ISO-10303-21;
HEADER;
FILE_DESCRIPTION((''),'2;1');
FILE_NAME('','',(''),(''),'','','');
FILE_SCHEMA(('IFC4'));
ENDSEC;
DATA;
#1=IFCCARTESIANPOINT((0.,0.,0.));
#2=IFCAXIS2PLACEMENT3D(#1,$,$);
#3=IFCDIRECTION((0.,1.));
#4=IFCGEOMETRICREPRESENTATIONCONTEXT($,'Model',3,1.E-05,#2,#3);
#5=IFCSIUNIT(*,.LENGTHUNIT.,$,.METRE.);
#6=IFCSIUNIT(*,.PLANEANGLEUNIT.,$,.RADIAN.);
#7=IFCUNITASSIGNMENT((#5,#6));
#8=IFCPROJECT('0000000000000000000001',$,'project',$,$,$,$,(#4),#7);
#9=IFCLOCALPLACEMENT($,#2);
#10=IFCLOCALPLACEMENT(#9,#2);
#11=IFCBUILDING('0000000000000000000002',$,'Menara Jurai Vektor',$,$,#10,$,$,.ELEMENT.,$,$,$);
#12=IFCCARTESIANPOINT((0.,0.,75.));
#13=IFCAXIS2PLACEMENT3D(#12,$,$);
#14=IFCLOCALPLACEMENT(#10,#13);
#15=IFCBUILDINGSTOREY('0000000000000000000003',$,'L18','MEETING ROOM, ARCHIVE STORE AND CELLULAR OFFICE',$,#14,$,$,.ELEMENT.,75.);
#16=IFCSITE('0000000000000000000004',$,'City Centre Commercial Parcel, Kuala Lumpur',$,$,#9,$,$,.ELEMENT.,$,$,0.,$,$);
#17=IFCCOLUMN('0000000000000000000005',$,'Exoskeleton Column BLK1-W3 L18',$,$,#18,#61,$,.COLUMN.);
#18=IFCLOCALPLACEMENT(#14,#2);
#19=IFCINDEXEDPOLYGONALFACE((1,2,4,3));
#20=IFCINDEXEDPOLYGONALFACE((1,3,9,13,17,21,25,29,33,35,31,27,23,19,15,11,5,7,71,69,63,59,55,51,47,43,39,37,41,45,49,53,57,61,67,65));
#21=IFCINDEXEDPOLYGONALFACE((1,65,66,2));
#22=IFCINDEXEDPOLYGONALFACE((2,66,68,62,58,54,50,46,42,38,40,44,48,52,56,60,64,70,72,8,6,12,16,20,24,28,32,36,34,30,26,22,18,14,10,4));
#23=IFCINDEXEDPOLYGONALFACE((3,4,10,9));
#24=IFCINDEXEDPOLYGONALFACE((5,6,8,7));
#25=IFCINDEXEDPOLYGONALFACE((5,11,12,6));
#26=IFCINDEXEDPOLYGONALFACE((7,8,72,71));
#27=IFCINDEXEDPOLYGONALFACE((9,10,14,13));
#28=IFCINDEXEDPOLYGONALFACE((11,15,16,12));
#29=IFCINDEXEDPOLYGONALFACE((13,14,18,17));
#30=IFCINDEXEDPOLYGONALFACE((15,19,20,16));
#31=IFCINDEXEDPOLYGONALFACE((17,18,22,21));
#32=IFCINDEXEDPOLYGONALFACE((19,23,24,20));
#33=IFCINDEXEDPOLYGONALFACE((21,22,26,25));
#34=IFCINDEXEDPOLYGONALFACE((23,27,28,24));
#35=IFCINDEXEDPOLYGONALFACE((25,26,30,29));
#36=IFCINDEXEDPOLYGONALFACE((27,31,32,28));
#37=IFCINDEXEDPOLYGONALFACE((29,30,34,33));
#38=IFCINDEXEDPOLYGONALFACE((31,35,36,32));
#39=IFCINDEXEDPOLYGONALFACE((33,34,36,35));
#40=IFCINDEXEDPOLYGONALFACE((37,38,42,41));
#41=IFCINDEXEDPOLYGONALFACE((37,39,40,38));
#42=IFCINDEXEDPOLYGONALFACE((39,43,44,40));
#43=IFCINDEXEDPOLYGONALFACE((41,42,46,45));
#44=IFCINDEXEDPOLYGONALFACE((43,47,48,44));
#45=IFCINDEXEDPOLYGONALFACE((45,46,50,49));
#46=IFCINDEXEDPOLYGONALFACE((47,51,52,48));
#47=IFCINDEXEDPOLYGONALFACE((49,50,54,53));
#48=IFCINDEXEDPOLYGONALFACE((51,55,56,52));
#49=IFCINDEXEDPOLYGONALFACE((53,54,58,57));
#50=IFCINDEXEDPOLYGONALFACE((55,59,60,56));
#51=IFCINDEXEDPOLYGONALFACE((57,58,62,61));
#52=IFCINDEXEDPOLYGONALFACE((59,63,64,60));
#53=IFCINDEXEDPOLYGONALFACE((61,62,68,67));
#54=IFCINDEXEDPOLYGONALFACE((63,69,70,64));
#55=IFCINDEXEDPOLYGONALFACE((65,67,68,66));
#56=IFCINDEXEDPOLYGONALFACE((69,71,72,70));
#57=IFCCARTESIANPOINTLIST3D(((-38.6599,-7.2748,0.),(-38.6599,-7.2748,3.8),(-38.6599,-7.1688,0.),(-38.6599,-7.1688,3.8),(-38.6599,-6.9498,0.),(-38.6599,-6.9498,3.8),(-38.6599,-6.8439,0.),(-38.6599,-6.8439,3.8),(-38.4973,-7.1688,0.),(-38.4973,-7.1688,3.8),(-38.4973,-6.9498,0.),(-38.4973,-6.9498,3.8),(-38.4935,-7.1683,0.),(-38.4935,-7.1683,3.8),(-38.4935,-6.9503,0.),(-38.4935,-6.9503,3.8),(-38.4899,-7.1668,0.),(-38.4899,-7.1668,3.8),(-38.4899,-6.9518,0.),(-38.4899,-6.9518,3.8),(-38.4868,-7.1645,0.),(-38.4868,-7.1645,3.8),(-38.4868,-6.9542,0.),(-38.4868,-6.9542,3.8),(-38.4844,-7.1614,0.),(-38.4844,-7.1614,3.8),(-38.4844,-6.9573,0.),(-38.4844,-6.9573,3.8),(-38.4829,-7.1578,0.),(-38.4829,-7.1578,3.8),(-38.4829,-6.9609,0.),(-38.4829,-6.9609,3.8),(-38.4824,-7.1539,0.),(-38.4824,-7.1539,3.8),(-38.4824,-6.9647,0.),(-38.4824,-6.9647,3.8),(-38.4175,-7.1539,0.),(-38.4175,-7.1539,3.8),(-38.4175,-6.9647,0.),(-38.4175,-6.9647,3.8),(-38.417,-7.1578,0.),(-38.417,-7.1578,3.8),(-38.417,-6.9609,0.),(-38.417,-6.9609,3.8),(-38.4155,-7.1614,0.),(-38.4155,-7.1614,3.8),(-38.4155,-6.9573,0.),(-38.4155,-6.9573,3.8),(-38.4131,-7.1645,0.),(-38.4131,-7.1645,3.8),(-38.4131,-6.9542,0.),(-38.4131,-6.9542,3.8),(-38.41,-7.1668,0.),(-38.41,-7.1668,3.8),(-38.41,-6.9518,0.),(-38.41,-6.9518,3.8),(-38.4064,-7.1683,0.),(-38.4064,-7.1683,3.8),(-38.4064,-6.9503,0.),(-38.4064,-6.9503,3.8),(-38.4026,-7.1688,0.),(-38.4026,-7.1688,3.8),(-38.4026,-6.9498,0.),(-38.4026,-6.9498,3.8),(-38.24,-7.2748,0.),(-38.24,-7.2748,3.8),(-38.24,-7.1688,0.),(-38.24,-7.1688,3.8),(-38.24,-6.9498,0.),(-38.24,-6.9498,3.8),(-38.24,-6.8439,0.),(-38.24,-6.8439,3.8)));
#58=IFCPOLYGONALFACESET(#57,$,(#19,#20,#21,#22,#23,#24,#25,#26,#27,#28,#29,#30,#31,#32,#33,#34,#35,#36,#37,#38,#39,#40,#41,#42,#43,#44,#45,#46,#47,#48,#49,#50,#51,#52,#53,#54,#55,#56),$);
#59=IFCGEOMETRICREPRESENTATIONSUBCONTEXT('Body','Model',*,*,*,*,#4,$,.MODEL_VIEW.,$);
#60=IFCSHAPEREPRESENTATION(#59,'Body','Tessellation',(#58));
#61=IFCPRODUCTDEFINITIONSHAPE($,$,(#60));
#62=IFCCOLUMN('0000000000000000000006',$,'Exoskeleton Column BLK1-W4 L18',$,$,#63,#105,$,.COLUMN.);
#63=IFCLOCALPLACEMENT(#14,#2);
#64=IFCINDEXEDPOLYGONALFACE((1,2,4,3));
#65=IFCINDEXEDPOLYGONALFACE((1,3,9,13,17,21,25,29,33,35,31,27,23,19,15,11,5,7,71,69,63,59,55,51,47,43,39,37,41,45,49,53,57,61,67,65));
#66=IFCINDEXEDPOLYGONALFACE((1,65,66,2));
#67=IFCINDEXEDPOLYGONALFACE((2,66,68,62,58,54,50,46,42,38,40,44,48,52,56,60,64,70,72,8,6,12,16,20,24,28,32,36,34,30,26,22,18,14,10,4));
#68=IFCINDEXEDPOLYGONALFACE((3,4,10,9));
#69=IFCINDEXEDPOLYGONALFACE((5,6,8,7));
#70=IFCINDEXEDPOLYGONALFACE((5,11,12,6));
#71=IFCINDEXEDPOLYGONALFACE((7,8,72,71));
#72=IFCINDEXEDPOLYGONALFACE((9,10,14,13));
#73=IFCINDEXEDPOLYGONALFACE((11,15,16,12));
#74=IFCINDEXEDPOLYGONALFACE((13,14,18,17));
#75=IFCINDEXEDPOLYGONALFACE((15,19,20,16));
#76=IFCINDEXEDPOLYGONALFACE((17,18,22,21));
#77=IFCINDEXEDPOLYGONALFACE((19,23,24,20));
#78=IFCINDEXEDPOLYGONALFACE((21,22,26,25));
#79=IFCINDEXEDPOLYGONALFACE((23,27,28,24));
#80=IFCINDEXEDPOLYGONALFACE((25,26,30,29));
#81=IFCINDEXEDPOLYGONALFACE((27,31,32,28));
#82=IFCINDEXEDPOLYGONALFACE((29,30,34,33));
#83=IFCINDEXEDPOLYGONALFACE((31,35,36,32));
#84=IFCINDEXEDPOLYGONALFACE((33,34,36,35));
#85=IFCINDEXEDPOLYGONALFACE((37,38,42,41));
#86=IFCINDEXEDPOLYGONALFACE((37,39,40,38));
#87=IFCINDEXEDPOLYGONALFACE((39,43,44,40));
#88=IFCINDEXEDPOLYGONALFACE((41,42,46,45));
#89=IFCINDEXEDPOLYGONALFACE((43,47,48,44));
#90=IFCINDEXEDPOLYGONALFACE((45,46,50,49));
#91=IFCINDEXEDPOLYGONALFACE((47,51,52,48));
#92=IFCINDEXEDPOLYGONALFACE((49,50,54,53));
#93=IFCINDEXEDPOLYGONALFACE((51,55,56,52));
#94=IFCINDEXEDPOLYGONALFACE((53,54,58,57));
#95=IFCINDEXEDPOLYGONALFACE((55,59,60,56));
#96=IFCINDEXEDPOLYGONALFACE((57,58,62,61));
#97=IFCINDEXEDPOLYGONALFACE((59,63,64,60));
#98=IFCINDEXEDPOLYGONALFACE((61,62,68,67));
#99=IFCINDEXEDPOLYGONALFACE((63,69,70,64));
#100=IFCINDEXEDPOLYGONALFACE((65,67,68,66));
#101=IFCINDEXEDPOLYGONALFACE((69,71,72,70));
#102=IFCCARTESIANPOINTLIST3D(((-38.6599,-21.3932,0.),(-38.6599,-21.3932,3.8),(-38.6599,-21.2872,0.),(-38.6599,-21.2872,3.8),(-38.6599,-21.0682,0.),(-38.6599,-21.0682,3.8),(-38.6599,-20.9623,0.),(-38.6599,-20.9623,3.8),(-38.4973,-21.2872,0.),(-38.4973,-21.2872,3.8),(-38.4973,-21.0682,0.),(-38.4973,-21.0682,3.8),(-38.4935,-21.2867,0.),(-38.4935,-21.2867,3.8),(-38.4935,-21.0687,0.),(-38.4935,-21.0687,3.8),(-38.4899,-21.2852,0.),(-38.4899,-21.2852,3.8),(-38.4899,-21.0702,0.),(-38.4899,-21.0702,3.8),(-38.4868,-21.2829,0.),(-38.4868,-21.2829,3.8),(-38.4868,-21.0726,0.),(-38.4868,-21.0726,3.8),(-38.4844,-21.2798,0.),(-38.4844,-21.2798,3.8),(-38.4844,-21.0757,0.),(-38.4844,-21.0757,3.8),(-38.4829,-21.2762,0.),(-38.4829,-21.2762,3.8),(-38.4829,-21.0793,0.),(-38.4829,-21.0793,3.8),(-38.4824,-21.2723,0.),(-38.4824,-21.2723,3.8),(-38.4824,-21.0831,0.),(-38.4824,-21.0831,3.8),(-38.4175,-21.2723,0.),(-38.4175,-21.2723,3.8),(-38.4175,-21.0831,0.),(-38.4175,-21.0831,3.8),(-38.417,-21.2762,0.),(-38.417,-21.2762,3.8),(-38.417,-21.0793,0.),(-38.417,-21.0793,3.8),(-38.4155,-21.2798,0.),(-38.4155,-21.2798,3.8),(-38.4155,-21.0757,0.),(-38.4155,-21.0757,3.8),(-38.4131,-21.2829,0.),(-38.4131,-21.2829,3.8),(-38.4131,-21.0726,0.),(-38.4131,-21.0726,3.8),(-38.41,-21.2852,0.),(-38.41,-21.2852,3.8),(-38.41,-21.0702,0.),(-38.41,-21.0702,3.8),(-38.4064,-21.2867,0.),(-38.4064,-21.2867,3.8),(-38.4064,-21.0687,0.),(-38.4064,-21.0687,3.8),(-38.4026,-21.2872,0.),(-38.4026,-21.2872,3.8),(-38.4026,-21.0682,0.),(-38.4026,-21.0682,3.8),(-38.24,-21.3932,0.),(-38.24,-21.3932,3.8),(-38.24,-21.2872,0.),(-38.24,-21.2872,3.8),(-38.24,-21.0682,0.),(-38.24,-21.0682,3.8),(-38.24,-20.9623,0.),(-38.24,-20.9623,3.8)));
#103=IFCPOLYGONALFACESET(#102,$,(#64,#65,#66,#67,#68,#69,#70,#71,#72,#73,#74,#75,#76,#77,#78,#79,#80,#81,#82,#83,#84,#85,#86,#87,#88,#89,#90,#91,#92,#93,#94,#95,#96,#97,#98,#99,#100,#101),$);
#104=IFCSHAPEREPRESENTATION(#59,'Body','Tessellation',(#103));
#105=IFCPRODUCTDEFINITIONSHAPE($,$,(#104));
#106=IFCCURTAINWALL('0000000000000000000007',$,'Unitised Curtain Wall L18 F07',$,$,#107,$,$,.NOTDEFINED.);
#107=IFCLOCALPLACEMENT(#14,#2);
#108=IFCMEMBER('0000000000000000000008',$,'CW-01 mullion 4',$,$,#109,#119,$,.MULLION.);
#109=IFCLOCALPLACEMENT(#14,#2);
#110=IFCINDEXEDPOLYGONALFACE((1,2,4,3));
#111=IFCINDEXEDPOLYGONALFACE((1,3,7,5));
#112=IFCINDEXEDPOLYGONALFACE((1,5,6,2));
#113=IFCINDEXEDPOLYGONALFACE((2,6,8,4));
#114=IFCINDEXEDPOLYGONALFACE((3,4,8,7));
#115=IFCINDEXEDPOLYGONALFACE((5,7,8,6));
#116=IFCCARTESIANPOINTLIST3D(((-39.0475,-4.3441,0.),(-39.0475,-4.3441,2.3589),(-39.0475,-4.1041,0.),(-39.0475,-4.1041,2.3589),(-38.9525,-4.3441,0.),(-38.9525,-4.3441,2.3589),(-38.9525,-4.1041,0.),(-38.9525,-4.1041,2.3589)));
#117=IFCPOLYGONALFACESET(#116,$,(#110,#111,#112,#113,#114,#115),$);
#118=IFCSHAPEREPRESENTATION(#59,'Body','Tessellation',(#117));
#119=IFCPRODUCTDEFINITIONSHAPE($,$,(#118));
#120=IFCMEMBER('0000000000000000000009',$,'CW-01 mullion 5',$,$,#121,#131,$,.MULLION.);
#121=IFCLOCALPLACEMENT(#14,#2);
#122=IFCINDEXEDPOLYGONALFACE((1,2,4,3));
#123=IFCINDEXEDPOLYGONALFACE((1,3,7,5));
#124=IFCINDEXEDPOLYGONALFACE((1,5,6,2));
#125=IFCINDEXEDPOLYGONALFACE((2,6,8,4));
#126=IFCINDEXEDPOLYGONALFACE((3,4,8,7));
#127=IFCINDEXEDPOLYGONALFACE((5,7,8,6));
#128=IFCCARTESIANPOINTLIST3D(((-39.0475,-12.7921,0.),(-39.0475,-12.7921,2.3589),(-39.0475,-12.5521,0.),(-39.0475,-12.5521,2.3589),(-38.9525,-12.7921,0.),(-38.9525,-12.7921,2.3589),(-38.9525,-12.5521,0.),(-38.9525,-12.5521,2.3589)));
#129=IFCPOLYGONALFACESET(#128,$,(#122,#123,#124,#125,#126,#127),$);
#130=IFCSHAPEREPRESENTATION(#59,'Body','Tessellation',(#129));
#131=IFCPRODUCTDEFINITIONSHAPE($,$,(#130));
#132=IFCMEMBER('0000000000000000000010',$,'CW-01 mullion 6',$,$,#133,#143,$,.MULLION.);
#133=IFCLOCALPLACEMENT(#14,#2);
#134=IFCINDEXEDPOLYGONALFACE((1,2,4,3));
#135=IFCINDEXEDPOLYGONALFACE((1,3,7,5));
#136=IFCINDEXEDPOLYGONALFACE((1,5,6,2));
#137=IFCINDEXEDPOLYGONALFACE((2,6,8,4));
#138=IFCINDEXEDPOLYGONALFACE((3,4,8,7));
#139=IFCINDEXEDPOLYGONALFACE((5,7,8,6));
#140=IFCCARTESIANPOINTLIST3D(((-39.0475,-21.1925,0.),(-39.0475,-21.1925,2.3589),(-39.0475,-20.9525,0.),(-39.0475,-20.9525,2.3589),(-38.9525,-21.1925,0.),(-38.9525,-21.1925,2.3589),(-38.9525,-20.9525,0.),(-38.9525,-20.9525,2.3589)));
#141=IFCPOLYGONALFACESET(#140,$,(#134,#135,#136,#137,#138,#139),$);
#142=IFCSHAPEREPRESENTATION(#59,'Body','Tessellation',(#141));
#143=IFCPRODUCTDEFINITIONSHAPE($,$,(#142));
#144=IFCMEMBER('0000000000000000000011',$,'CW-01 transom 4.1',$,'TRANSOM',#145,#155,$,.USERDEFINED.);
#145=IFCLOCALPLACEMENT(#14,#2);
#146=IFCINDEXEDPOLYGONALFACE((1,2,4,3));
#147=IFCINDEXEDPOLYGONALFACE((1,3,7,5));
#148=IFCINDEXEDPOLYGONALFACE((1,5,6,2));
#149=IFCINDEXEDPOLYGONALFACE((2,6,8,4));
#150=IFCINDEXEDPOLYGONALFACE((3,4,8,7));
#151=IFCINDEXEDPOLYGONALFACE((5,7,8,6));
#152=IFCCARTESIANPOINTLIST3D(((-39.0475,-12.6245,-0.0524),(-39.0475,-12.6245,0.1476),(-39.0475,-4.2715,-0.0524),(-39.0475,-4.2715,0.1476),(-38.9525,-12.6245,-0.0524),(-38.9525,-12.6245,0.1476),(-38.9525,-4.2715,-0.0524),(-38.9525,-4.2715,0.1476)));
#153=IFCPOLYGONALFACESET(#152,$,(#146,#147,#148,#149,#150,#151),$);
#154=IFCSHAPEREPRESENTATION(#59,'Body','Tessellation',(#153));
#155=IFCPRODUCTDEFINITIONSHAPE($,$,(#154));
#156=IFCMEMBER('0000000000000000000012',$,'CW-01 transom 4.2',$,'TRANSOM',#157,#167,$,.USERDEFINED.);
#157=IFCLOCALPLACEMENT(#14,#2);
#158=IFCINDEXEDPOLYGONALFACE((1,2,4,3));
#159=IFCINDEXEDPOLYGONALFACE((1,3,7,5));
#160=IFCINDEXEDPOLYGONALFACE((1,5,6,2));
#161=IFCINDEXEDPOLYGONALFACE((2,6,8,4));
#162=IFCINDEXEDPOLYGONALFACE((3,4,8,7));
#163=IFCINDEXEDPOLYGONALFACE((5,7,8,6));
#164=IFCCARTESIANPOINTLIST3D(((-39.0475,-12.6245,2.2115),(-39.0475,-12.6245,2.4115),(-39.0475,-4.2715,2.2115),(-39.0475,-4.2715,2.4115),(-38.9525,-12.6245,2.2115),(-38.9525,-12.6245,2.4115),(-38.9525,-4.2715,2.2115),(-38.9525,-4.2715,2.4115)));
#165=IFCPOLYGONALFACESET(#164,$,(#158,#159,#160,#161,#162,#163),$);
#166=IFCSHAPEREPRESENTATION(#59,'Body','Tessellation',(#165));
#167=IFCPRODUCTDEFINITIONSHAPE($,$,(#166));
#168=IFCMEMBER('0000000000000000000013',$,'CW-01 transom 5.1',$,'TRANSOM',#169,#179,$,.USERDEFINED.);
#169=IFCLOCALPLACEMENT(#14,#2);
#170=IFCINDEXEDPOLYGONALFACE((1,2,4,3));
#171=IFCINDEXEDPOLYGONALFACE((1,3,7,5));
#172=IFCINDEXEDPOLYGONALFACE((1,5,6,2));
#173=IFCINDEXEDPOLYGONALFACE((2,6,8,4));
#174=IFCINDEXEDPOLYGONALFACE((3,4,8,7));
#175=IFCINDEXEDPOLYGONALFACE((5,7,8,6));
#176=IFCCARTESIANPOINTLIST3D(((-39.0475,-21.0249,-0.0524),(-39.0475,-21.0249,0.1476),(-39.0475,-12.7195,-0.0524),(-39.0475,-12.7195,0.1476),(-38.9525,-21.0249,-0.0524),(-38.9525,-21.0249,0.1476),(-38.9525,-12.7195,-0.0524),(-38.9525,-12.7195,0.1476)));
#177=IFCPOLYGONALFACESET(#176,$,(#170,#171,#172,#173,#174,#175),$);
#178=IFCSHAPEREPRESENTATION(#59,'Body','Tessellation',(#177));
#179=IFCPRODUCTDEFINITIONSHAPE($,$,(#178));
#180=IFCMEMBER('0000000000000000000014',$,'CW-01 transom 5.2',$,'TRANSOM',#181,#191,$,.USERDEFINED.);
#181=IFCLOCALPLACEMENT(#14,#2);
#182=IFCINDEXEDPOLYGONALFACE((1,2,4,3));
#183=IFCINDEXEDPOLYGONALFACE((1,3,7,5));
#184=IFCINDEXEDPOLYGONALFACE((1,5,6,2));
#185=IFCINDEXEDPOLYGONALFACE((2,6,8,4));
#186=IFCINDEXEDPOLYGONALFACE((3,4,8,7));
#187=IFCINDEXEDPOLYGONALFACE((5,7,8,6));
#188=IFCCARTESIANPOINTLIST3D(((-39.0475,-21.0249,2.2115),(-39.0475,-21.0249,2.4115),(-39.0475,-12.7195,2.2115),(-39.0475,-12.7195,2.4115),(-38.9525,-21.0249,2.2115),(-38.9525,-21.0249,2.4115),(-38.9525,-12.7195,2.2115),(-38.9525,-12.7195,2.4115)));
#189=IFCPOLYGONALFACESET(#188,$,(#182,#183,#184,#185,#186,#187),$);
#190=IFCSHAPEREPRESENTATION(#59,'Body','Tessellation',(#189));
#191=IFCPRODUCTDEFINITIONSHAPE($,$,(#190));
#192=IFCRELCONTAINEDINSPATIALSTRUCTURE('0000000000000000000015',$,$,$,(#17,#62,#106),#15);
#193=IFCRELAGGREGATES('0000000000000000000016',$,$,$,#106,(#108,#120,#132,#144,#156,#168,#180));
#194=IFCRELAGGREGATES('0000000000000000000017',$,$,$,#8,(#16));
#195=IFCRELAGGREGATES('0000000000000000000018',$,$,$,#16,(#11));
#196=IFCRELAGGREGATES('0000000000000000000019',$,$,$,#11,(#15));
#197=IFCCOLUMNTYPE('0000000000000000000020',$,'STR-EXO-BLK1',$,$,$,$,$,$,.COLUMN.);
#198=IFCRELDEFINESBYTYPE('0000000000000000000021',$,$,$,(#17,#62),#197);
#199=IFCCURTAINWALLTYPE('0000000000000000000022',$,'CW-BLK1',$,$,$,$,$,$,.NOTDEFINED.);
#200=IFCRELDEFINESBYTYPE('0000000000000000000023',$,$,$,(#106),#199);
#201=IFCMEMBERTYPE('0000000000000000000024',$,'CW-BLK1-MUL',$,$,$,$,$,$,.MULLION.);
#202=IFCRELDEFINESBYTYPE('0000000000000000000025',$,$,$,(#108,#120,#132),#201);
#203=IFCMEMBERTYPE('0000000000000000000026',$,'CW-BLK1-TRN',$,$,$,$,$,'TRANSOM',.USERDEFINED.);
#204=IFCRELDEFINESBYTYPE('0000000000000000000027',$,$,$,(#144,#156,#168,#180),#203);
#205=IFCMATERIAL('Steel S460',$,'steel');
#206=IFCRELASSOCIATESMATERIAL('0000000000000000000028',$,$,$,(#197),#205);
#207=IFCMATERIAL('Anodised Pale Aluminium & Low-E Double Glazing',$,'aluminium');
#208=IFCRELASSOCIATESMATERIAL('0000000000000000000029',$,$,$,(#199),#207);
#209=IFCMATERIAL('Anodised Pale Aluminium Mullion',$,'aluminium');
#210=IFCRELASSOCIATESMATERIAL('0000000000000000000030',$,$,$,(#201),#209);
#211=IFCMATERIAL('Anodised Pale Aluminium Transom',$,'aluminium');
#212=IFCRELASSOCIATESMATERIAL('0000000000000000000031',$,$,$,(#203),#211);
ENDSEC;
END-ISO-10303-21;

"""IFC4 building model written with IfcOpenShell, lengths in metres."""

from ifc_helpers import new_model, si_unit, direction, frame, origin, origin_2d, place, context, subcontext, project, spatial, rectangle, i_section, extrude, material, material_profile, profile_set, type_object, element, aggregate, save


model = new_model("IFC4")

# Units and contexts
model_context = context("Model", 3, precision=1e-05, world=origin(), true_north=direction((0.0, 1.0)))
body_context = subcontext(model_context, "Body", "Model", "MODEL_VIEW")
ifc_project = project(units=[si_unit("LENGTHUNIT", "METRE"), si_unit("PLANEANGLEUNIT", "RADIAN")], contexts=[model_context])

# Site, building, storey
site_placement = place(None, origin())
site = spatial("IfcSite", under=ifc_project, at=site_placement, Name="City Centre Commercial Parcel, Kuala Lumpur", CompositionType="ELEMENT", RefElevation=0.0)
building_placement = place(site_placement, origin())
building = spatial("IfcBuilding", under=site, at=building_placement, Name="Menara Jurai Vektor", CompositionType="ELEMENT")
storey_placement = place(building_placement, frame((0.0, 0.0, 75.0)))
storey = spatial("IfcBuildingStorey", under=building, at=storey_placement, Name="L18", Description="MEETING ROOM, ARCHIVE STORE AND CELLULAR OFFICE", CompositionType="ELEMENT", Elevation=75.0)

# Columns
ifc_material_1 = material(Name="Steel S460", Category="steel")
ifc_material_profile_1 = material_profile(ifc_material_1, i_section(OverallWidth=0.4199, OverallDepth=0.4309, WebThickness=0.0649, FlangeThickness=0.106, FilletRadius=0.0149, at=origin_2d()), Name="HD 400x900")
ifc_profile_set_1 = profile_set([ifc_material_profile_1], Name="Steel S460")
column_type = type_object("IfcColumnType", Name="STR-EXO-BLK1", PredefinedType="COLUMN", material=ifc_profile_set_1)
for number, where, z_axis, x_axis, name in (
    (1, (-38.45, -7.0593, 0.0), (0.0, 0.0, 1.0), (1.0, 0.0, 0.0), "Exoskeleton Column BLK1-W3 L18"),
    (2, (-38.45, -21.1777, 0.0), (0.0, 0.0, 1.0), (1.0, 0.0, 0.0), "Exoskeleton Column BLK1-W4 L18"),
):
    element("IfcColumn", number, at=place(storey_placement, frame(where, z_axis=z_axis, x_axis=x_axis)), inside=storey, type_object=column_type, Name=name, PredefinedType="COLUMN", context=body_context, shape_type="SweptSolid", body=[
        extrude(i_section(OverallWidth=0.4199, OverallDepth=0.4309, WebThickness=0.0649, FlangeThickness=0.106, FilletRadius=0.0149, at=origin_2d()), origin(), (0.0, 0.0, 1.0), 3.8),
    ])

# Curtain wall, members
ifc_material_2 = material(Name="Anodised Pale Aluminium & Low-E Double Glazing", Category="aluminium")
curtain_wall_type = type_object("IfcCurtainWallType", Name="CW-BLK1", PredefinedType="NOTDEFINED", material=ifc_material_2)
curtain_wall_placement = place(storey_placement, origin())
curtain_wall = element("IfcCurtainWall", 3, at=curtain_wall_placement, inside=storey, type_object=curtain_wall_type, Name="Unitised Curtain Wall L18 F07", PredefinedType="NOTDEFINED")
ifc_material_3 = material(Name="Anodised Pale Aluminium Mullion", Category="aluminium")
ifc_material_profile_2 = material_profile(ifc_material_3, rectangle(XDim=0.095, YDim=0.24, at=origin_2d()), Name="ALU MUL 95x240")
ifc_profile_set_2 = profile_set([ifc_material_profile_2], Name="Anodised Pale Aluminium Mullion")
member_type_1 = type_object("IfcMemberType", Name="CW-BLK1-MUL", PredefinedType="MULLION", material=ifc_profile_set_2)
member_1_placement = place(storey_placement, frame((-39.0, -4.2241, 0.0), z_axis=(0.0, 0.0, 1.0), x_axis=(1.0, 0.0, 0.0)))
member_1 = element("IfcMember", 4, at=member_1_placement, type_object=member_type_1, Name="CW-01 mullion 4", PredefinedType="MULLION", context=body_context, shape_type="SweptSolid", body=[
    extrude(rectangle(XDim=0.095, YDim=0.24, at=origin_2d()), origin(), (0.0, 0.0, 1.0), 2.3589),
])
member_2_placement = place(storey_placement, frame((-39.0, -12.6721, 0.0), z_axis=(0.0, 0.0, 1.0), x_axis=(1.0, 0.0, 0.0)))
member_2 = element("IfcMember", 5, at=member_2_placement, type_object=member_type_1, Name="CW-01 mullion 5", PredefinedType="MULLION", context=body_context, shape_type="SweptSolid", body=[
    extrude(rectangle(XDim=0.095, YDim=0.24, at=origin_2d()), origin(), (0.0, 0.0, 1.0), 2.3589),
])
member_3_placement = place(storey_placement, frame((-39.0, -21.0725, 0.0), z_axis=(0.0, 0.0, 1.0), x_axis=(1.0, 0.0, 0.0)))
member_3 = element("IfcMember", 6, at=member_3_placement, type_object=member_type_1, Name="CW-01 mullion 6", PredefinedType="MULLION", context=body_context, shape_type="SweptSolid", body=[
    extrude(rectangle(XDim=0.095, YDim=0.24, at=origin_2d()), origin(), (0.0, 0.0, 1.0), 2.3589),
])
ifc_material_4 = material(Name="Anodised Pale Aluminium Transom", Category="aluminium")
ifc_material_profile_3 = material_profile(ifc_material_4, rectangle(XDim=0.095, YDim=0.2, at=origin_2d()), Name="ALU TRN 95x200")
ifc_profile_set_3 = profile_set([ifc_material_profile_3], Name="Anodised Pale Aluminium Transom")
member_type_2 = type_object("IfcMemberType", Name="CW-BLK1-TRN", ElementType="TRANSOM", PredefinedType="USERDEFINED", material=ifc_profile_set_3)
member_4_placement = place(storey_placement, frame((-39.0, -4.2715, 0.0476), z_axis=(0.0, -1.0, 0.0), x_axis=(1.0, 0.0, 0.0)))
member_4 = element("IfcMember", 7, at=member_4_placement, type_object=member_type_2, Name="CW-01 transom 4.1", ObjectType="TRANSOM", PredefinedType="USERDEFINED", context=body_context, shape_type="SweptSolid", body=[
    extrude(rectangle(XDim=0.095, YDim=0.2, at=origin_2d()), origin(), (0.0, 0.0, 1.0), 8.353),
])
member_5_placement = place(storey_placement, frame((-39.0, -4.2715, 2.3115), z_axis=(0.0, -1.0, 0.0), x_axis=(1.0, 0.0, 0.0)))
member_5 = element("IfcMember", 8, at=member_5_placement, type_object=member_type_2, Name="CW-01 transom 4.2", ObjectType="TRANSOM", PredefinedType="USERDEFINED", context=body_context, shape_type="SweptSolid", body=[
    extrude(rectangle(XDim=0.095, YDim=0.2, at=origin_2d()), origin(), (0.0, 0.0, 1.0), 8.353),
])
member_6_placement = place(storey_placement, frame((-39.0, -12.7195, 0.0476), z_axis=(0.0, -1.0, 0.0), x_axis=(1.0, 0.0, 0.0)))
member_6 = element("IfcMember", 9, at=member_6_placement, type_object=member_type_2, Name="CW-01 transom 5.1", ObjectType="TRANSOM", PredefinedType="USERDEFINED", context=body_context, shape_type="SweptSolid", body=[
    extrude(rectangle(XDim=0.095, YDim=0.2, at=origin_2d()), origin(), (0.0, 0.0, 1.0), 8.3054),
])
member_7_placement = place(storey_placement, frame((-39.0, -12.7195, 2.3115), z_axis=(0.0, -1.0, 0.0), x_axis=(1.0, 0.0, 0.0)))
member_7 = element("IfcMember", 10, at=member_7_placement, type_object=member_type_2, Name="CW-01 transom 5.2", ObjectType="TRANSOM", PredefinedType="USERDEFINED", context=body_context, shape_type="SweptSolid", body=[
    extrude(rectangle(XDim=0.095, YDim=0.2, at=origin_2d()), origin(), (0.0, 0.0, 1.0), 8.3054),
])

aggregate(curtain_wall, [member_1, member_2, member_3, member_4, member_5, member_6, member_7])

save(model, "model.ifc")
